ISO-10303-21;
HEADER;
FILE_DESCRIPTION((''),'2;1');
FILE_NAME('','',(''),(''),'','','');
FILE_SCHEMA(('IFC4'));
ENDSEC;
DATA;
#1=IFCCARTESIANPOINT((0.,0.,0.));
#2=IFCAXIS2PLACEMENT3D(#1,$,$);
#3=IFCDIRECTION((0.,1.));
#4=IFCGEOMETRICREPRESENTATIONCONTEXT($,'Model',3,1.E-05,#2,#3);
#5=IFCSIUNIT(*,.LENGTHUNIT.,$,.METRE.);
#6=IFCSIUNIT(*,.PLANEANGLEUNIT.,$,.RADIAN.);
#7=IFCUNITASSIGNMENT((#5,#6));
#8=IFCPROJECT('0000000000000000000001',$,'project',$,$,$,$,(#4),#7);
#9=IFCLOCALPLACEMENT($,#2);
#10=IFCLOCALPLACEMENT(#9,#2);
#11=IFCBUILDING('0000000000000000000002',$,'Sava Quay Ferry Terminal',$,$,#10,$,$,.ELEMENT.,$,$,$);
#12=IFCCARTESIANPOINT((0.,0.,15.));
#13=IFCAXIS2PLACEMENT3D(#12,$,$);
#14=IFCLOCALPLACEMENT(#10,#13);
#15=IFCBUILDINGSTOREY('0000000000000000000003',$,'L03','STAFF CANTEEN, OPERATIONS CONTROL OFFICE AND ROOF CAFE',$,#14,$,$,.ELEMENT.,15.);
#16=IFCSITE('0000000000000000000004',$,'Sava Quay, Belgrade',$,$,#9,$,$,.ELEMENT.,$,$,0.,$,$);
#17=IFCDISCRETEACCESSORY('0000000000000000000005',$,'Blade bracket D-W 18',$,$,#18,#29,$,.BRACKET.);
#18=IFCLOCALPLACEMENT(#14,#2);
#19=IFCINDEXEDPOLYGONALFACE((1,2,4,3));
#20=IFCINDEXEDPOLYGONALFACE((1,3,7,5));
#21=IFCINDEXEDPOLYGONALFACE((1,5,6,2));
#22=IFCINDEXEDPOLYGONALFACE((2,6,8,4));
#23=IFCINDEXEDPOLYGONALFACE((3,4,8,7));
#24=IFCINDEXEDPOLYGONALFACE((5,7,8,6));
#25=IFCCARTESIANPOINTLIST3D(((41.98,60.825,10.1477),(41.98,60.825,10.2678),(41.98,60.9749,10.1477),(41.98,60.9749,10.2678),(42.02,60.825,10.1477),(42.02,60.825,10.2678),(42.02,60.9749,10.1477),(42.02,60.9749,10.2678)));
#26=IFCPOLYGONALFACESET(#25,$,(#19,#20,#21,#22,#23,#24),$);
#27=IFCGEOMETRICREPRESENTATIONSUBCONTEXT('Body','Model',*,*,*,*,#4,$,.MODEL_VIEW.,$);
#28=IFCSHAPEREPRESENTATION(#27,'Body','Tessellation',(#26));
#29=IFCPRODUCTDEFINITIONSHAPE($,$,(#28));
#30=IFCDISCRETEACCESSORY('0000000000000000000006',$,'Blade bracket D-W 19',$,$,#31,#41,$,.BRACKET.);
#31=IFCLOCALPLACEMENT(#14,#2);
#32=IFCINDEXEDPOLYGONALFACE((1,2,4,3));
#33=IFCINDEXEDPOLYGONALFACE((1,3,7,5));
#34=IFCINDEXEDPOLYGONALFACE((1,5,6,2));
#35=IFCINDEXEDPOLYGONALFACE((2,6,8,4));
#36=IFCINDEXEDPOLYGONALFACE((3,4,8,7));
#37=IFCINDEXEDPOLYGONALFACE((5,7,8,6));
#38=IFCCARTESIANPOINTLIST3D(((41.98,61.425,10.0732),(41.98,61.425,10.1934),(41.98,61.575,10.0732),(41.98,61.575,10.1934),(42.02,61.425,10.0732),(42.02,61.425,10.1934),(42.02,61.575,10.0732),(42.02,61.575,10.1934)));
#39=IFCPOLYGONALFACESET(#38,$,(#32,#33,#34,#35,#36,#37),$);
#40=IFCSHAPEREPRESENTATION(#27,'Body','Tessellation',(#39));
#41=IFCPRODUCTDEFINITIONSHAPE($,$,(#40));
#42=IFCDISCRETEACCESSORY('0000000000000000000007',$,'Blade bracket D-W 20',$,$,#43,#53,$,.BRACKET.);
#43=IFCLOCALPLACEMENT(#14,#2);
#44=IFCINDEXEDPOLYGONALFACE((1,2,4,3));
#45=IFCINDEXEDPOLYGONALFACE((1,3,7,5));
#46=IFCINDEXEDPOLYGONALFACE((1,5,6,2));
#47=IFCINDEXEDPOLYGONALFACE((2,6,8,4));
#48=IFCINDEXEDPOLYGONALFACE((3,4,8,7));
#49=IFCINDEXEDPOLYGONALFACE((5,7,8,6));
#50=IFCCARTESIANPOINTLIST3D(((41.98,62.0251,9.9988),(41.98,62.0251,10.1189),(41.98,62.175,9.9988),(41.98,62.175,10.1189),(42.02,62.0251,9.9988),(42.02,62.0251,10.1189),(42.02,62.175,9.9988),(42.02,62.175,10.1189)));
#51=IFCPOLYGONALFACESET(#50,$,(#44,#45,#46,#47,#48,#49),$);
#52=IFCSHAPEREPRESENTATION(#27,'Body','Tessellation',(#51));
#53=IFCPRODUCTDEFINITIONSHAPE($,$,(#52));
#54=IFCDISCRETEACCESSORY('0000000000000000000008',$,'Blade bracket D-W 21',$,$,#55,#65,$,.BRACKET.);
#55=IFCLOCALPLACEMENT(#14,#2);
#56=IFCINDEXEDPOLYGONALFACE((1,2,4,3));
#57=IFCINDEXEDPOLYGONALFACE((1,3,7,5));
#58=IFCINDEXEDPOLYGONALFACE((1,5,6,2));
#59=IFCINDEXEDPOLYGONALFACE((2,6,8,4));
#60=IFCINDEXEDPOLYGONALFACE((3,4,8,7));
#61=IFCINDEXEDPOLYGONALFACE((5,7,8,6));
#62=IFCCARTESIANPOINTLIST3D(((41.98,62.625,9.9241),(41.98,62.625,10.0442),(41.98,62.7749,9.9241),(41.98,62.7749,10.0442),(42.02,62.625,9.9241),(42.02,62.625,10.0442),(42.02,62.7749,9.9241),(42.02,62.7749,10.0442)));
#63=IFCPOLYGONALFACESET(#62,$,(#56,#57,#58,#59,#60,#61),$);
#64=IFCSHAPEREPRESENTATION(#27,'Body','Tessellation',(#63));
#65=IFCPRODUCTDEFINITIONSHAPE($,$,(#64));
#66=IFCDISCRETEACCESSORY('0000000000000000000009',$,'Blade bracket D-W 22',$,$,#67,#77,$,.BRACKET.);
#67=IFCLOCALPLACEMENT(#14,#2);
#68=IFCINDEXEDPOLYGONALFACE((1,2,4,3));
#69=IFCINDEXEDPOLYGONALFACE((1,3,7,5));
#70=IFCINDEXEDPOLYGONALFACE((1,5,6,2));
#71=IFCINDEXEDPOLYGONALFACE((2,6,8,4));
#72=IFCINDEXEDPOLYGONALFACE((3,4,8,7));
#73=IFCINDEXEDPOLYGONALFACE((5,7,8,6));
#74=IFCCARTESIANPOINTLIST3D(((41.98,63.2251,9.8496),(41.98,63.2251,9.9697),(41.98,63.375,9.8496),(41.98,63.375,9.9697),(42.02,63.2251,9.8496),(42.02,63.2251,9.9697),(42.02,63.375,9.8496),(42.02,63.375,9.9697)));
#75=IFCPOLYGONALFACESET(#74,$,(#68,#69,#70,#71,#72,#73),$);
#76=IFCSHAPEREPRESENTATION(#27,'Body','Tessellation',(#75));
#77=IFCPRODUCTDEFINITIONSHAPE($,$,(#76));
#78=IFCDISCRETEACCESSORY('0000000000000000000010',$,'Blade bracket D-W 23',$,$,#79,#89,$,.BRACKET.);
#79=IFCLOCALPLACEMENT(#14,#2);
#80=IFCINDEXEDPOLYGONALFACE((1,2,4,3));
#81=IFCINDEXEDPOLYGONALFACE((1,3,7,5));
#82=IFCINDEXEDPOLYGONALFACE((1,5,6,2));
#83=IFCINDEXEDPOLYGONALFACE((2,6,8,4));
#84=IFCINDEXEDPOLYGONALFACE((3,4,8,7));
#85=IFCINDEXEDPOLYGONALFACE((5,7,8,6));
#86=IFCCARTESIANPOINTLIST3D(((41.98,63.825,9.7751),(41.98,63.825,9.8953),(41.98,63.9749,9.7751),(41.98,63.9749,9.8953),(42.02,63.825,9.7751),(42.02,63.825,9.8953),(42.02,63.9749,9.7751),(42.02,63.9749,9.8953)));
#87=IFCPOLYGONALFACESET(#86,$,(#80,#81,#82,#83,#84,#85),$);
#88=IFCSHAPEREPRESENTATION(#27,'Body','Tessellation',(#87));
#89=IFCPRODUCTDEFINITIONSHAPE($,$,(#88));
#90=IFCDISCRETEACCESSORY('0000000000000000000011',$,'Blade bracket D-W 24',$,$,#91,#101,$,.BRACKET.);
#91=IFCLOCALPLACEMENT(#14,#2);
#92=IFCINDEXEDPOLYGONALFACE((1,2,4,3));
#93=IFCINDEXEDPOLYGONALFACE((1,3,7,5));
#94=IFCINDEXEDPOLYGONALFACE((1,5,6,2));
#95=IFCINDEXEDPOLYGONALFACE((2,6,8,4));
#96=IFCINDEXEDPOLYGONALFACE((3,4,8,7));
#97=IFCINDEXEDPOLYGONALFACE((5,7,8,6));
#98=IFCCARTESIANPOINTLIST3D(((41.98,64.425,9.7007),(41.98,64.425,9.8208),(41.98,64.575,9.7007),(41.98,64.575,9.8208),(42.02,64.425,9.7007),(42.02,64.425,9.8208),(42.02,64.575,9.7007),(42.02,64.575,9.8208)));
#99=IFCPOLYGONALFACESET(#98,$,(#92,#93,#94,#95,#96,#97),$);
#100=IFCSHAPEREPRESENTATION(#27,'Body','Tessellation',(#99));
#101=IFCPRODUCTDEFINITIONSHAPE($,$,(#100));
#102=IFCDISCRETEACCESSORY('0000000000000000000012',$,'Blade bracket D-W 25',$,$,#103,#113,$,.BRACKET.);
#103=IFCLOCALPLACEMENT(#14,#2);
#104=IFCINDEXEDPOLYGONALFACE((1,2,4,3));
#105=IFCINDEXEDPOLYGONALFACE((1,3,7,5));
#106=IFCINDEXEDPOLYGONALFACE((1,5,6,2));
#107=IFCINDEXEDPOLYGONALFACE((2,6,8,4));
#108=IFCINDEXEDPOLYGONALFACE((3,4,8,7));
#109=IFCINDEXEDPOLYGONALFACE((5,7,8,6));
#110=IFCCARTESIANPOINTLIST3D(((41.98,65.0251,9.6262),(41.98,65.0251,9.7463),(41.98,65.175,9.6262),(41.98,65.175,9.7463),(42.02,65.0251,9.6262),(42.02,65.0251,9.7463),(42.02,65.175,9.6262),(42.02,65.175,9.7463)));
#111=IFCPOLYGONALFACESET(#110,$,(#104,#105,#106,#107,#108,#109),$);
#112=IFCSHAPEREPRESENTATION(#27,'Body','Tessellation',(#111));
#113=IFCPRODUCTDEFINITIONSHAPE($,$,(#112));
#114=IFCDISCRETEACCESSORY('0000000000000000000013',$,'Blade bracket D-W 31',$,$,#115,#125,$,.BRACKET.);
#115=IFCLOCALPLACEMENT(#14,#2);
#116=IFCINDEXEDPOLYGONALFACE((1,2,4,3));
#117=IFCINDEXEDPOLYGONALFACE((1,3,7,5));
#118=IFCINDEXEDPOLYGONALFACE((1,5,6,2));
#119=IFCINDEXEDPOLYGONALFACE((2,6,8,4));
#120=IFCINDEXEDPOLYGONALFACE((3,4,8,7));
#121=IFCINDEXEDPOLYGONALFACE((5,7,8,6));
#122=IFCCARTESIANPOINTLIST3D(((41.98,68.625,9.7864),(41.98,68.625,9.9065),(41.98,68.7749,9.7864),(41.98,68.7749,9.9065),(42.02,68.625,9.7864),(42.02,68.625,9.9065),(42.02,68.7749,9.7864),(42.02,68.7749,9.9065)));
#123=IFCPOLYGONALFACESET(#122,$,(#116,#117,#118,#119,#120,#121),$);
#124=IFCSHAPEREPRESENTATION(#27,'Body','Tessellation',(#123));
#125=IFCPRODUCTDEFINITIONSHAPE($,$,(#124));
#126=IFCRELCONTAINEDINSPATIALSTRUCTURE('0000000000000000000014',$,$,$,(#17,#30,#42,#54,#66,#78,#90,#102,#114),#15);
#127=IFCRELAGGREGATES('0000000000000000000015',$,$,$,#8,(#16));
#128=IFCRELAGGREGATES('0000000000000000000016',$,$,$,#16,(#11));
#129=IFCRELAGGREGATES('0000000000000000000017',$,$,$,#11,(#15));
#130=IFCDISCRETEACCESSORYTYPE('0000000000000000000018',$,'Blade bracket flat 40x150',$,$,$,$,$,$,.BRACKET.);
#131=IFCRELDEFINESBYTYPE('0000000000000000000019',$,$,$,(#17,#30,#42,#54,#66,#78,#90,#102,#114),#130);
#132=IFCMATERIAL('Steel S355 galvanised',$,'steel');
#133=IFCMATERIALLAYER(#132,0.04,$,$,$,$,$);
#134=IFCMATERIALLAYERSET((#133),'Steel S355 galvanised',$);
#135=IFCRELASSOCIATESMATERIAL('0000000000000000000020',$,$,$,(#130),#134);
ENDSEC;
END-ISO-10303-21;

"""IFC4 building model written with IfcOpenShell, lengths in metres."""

from ifc_helpers import new_model, si_unit, direction, frame, origin, origin_2d, place, context, subcontext, project, spatial, rectangle, extrude, material, layer, layer_set, type_object, element, save


model = new_model("IFC4")

# Units and contexts
model_context = context("Model", 3, precision=1e-05, world=origin(), true_north=direction((0.0, 1.0)))
body_context = subcontext(model_context, "Body", "Model", "MODEL_VIEW")
ifc_project = project(units=[si_unit("LENGTHUNIT", "METRE"), si_unit("PLANEANGLEUNIT", "RADIAN")], contexts=[model_context])

# Site, building, storey
site_placement = place(None, origin())
site = spatial("IfcSite", under=ifc_project, at=site_placement, Name="Sava Quay, Belgrade", CompositionType="ELEMENT", RefElevation=0.0)
building_placement = place(site_placement, origin())
building = spatial("IfcBuilding", under=site, at=building_placement, Name="Sava Quay Ferry Terminal", CompositionType="ELEMENT")
storey_placement = place(building_placement, frame((0.0, 0.0, 15.0)))
storey = spatial("IfcBuildingStorey", under=building, at=storey_placement, Name="L03", Description="STAFF CANTEEN, OPERATIONS CONTROL OFFICE AND ROOF CAFE", CompositionType="ELEMENT", Elevation=15.0)

# Discrete accessories
ifc_material_1 = material(Name="Steel S355 galvanised", Category="steel")
ifc_layer_1 = layer(ifc_material_1, 0.04)
ifc_layer_set_1 = layer_set([ifc_layer_1], Name="Steel S355 galvanised")
discrete_accessory_type = type_object("IfcDiscreteAccessoryType", Name="Blade bracket flat 40x150", PredefinedType="BRACKET", material=ifc_layer_set_1)
for number, where, z_axis, x_axis, name in (
    (1, (42.0, 60.8999, 10.1477), (0.0, 0.0, 1.0), (1.0, 0.0, 0.0), "Blade bracket D-W 18"),
    (2, (42.0, 61.5, 10.0732), (0.0, 0.0, 1.0), (1.0, 0.0, 0.0), "Blade bracket D-W 19"),
    (3, (42.0, 62.1001, 9.9988), (0.0, 0.0, 1.0), (1.0, 0.0, 0.0), "Blade bracket D-W 20"),
    (4, (42.0, 62.7, 9.9241), (0.0, 0.0, 1.0), (1.0, 0.0, 0.0), "Blade bracket D-W 21"),
    (5, (42.0, 63.3, 9.8496), (0.0, 0.0, 1.0), (1.0, 0.0, 0.0), "Blade bracket D-W 22"),
    (6, (42.0, 63.8999, 9.7751), (0.0, 0.0, 1.0), (1.0, 0.0, 0.0), "Blade bracket D-W 23"),
    (7, (42.0, 64.5, 9.7007), (0.0, 0.0, 1.0), (1.0, 0.0, 0.0), "Blade bracket D-W 24"),
    (8, (42.0, 65.1001, 9.6262), (0.0, 0.0, 1.0), (1.0, 0.0, 0.0), "Blade bracket D-W 25"),
    (9, (42.0, 68.7, 9.7864), (0.0, 0.0, 1.0), (1.0, 0.0, 0.0), "Blade bracket D-W 31"),
):
    element("IfcDiscreteAccessory", number, at=place(storey_placement, frame(where, z_axis=z_axis, x_axis=x_axis)), inside=storey, type_object=discrete_accessory_type, Name=name, PredefinedType="BRACKET", context=body_context, shape_type="SweptSolid", body=[
        extrude(rectangle(XDim=0.04, YDim=0.1499, at=origin_2d()), origin(), (0.0, 0.0, 1.0), 0.1201),
    ])

save(model, "model.ifc")
